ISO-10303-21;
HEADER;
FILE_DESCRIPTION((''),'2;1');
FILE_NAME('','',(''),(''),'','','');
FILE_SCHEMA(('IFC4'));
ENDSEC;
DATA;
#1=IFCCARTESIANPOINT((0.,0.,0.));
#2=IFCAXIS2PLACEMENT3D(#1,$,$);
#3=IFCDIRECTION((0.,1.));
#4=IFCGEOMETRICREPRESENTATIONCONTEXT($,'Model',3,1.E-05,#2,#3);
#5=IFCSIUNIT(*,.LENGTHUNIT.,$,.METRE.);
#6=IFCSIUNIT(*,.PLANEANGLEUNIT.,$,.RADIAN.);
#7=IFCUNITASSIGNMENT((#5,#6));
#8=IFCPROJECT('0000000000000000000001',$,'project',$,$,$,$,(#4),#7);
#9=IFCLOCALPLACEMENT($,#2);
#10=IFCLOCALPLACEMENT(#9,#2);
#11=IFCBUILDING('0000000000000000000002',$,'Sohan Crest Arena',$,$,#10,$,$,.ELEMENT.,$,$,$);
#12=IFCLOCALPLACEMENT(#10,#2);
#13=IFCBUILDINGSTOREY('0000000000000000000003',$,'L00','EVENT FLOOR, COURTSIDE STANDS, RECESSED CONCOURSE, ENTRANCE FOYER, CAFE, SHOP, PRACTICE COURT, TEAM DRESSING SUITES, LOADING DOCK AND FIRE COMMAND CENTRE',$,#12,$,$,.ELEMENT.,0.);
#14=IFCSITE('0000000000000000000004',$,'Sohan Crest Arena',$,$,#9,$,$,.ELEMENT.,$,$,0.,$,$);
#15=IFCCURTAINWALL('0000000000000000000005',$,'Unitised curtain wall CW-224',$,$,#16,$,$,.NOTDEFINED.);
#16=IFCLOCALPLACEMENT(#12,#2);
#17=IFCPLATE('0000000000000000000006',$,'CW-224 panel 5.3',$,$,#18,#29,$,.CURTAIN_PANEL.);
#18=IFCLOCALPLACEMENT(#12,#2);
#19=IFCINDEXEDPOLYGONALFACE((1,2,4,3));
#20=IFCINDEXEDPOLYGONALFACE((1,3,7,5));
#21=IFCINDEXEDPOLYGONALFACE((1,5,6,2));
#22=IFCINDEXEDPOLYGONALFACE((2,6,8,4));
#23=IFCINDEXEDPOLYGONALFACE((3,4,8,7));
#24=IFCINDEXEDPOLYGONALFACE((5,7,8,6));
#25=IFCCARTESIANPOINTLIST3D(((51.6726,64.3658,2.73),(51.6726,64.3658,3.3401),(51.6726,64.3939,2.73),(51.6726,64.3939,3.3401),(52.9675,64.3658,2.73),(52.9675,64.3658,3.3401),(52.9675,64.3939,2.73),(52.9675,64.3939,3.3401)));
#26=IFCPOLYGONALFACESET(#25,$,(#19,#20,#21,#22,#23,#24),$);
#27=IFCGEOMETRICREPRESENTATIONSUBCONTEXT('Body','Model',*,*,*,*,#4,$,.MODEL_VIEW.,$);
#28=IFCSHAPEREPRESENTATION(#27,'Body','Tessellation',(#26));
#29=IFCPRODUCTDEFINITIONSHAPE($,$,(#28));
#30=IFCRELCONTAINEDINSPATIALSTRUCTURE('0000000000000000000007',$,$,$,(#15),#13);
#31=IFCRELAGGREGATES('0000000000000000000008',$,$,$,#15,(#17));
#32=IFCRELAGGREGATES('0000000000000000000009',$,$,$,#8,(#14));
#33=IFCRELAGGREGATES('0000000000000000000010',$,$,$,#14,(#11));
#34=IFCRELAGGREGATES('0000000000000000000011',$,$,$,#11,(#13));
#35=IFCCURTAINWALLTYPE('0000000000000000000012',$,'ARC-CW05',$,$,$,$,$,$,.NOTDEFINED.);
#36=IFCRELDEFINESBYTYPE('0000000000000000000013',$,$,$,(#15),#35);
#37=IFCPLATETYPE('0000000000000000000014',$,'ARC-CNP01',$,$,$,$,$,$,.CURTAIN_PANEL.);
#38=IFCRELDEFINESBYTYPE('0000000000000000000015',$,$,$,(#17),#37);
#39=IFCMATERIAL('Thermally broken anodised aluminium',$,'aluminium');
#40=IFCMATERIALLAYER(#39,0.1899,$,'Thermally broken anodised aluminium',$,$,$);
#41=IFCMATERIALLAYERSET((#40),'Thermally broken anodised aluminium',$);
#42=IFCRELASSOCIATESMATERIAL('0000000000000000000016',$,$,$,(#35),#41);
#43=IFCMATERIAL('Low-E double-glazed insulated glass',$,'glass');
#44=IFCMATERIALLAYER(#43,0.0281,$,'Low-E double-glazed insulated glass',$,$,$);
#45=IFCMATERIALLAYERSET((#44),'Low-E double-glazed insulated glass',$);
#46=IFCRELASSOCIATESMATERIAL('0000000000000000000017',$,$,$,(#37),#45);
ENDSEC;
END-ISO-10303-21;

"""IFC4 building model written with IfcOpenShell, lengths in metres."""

from ifc_helpers import new_model, si_unit, direction, frame, origin, origin_2d, place, context, subcontext, project, spatial, rectangle, extrude, material, layer, layer_set, type_object, element, aggregate, save


model = new_model("IFC4")

# Units and contexts
model_context = context("Model", 3, precision=1e-05, world=origin(), true_north=direction((0.0, 1.0)))
body_context = subcontext(model_context, "Body", "Model", "MODEL_VIEW")
ifc_project = project(units=[si_unit("LENGTHUNIT", "METRE"), si_unit("PLANEANGLEUNIT", "RADIAN")], contexts=[model_context])

# Site, building, storey
site_placement = place(None, origin())
site = spatial("IfcSite", under=ifc_project, at=site_placement, Name="Sohan Crest Arena", CompositionType="ELEMENT", RefElevation=0.0)
building_placement = place(site_placement, origin())
building = spatial("IfcBuilding", under=site, at=building_placement, Name="Sohan Crest Arena", CompositionType="ELEMENT")
storey_placement = place(building_placement, origin())
storey = spatial("IfcBuildingStorey", under=building, at=storey_placement, Name="L00", Description="EVENT FLOOR, COURTSIDE STANDS, RECESSED CONCOURSE, ENTRANCE FOYER, CAFE, SHOP, PRACTICE COURT, TEAM DRESSING SUITES, LOADING DOCK AND FIRE COMMAND CENTRE", CompositionType="ELEMENT", Elevation=0.0)

# Shared definitions
ifc_material_1 = material(Name="Thermally broken anodised aluminium", Category="aluminium")
ifc_layer_1 = layer(ifc_material_1, 0.1899, Name="Thermally broken anodised aluminium")
ifc_layer_set_1 = layer_set([ifc_layer_1], Name="Thermally broken anodised aluminium")
curtain_wall_type = type_object("IfcCurtainWallType", Name="ARC-CW05", PredefinedType="NOTDEFINED", material=ifc_layer_set_1)

# Curtain wall
curtain_wall_1_placement = place(storey_placement, origin())
curtain_wall_1 = element("IfcCurtainWall", 1, at=curtain_wall_1_placement, inside=storey, type_object=curtain_wall_type, Name="Unitised curtain wall CW-224", PredefinedType="NOTDEFINED")

# Plate
ifc_material_2 = material(Name="Low-E double-glazed insulated glass", Category="glass")
ifc_layer_2 = layer(ifc_material_2, 0.0281, Name="Low-E double-glazed insulated glass")
ifc_layer_set_2 = layer_set([ifc_layer_2], Name="Low-E double-glazed insulated glass")
plate_type = type_object("IfcPlateType", Name="ARC-CNP01", PredefinedType="CURTAIN_PANEL", material=ifc_layer_set_2)
plate_1_placement = place(storey_placement, frame((52.3201, 64.3799, 2.73), z_axis=(0.0, 0.0, 1.0), x_axis=(1.0, 0.0, 0.0)))
plate_1 = element("IfcPlate", 2, at=plate_1_placement, type_object=plate_type, Name="CW-224 panel 5.3", PredefinedType="CURTAIN_PANEL", context=body_context, shape_type="SweptSolid", body=[
    extrude(rectangle(XDim=1.2949, YDim=0.0281, at=origin_2d()), origin(), (0.0, 0.0, 1.0), 0.6101),
])
aggregate(curtain_wall_1, [plate_1])

save(model, "model.ifc")
